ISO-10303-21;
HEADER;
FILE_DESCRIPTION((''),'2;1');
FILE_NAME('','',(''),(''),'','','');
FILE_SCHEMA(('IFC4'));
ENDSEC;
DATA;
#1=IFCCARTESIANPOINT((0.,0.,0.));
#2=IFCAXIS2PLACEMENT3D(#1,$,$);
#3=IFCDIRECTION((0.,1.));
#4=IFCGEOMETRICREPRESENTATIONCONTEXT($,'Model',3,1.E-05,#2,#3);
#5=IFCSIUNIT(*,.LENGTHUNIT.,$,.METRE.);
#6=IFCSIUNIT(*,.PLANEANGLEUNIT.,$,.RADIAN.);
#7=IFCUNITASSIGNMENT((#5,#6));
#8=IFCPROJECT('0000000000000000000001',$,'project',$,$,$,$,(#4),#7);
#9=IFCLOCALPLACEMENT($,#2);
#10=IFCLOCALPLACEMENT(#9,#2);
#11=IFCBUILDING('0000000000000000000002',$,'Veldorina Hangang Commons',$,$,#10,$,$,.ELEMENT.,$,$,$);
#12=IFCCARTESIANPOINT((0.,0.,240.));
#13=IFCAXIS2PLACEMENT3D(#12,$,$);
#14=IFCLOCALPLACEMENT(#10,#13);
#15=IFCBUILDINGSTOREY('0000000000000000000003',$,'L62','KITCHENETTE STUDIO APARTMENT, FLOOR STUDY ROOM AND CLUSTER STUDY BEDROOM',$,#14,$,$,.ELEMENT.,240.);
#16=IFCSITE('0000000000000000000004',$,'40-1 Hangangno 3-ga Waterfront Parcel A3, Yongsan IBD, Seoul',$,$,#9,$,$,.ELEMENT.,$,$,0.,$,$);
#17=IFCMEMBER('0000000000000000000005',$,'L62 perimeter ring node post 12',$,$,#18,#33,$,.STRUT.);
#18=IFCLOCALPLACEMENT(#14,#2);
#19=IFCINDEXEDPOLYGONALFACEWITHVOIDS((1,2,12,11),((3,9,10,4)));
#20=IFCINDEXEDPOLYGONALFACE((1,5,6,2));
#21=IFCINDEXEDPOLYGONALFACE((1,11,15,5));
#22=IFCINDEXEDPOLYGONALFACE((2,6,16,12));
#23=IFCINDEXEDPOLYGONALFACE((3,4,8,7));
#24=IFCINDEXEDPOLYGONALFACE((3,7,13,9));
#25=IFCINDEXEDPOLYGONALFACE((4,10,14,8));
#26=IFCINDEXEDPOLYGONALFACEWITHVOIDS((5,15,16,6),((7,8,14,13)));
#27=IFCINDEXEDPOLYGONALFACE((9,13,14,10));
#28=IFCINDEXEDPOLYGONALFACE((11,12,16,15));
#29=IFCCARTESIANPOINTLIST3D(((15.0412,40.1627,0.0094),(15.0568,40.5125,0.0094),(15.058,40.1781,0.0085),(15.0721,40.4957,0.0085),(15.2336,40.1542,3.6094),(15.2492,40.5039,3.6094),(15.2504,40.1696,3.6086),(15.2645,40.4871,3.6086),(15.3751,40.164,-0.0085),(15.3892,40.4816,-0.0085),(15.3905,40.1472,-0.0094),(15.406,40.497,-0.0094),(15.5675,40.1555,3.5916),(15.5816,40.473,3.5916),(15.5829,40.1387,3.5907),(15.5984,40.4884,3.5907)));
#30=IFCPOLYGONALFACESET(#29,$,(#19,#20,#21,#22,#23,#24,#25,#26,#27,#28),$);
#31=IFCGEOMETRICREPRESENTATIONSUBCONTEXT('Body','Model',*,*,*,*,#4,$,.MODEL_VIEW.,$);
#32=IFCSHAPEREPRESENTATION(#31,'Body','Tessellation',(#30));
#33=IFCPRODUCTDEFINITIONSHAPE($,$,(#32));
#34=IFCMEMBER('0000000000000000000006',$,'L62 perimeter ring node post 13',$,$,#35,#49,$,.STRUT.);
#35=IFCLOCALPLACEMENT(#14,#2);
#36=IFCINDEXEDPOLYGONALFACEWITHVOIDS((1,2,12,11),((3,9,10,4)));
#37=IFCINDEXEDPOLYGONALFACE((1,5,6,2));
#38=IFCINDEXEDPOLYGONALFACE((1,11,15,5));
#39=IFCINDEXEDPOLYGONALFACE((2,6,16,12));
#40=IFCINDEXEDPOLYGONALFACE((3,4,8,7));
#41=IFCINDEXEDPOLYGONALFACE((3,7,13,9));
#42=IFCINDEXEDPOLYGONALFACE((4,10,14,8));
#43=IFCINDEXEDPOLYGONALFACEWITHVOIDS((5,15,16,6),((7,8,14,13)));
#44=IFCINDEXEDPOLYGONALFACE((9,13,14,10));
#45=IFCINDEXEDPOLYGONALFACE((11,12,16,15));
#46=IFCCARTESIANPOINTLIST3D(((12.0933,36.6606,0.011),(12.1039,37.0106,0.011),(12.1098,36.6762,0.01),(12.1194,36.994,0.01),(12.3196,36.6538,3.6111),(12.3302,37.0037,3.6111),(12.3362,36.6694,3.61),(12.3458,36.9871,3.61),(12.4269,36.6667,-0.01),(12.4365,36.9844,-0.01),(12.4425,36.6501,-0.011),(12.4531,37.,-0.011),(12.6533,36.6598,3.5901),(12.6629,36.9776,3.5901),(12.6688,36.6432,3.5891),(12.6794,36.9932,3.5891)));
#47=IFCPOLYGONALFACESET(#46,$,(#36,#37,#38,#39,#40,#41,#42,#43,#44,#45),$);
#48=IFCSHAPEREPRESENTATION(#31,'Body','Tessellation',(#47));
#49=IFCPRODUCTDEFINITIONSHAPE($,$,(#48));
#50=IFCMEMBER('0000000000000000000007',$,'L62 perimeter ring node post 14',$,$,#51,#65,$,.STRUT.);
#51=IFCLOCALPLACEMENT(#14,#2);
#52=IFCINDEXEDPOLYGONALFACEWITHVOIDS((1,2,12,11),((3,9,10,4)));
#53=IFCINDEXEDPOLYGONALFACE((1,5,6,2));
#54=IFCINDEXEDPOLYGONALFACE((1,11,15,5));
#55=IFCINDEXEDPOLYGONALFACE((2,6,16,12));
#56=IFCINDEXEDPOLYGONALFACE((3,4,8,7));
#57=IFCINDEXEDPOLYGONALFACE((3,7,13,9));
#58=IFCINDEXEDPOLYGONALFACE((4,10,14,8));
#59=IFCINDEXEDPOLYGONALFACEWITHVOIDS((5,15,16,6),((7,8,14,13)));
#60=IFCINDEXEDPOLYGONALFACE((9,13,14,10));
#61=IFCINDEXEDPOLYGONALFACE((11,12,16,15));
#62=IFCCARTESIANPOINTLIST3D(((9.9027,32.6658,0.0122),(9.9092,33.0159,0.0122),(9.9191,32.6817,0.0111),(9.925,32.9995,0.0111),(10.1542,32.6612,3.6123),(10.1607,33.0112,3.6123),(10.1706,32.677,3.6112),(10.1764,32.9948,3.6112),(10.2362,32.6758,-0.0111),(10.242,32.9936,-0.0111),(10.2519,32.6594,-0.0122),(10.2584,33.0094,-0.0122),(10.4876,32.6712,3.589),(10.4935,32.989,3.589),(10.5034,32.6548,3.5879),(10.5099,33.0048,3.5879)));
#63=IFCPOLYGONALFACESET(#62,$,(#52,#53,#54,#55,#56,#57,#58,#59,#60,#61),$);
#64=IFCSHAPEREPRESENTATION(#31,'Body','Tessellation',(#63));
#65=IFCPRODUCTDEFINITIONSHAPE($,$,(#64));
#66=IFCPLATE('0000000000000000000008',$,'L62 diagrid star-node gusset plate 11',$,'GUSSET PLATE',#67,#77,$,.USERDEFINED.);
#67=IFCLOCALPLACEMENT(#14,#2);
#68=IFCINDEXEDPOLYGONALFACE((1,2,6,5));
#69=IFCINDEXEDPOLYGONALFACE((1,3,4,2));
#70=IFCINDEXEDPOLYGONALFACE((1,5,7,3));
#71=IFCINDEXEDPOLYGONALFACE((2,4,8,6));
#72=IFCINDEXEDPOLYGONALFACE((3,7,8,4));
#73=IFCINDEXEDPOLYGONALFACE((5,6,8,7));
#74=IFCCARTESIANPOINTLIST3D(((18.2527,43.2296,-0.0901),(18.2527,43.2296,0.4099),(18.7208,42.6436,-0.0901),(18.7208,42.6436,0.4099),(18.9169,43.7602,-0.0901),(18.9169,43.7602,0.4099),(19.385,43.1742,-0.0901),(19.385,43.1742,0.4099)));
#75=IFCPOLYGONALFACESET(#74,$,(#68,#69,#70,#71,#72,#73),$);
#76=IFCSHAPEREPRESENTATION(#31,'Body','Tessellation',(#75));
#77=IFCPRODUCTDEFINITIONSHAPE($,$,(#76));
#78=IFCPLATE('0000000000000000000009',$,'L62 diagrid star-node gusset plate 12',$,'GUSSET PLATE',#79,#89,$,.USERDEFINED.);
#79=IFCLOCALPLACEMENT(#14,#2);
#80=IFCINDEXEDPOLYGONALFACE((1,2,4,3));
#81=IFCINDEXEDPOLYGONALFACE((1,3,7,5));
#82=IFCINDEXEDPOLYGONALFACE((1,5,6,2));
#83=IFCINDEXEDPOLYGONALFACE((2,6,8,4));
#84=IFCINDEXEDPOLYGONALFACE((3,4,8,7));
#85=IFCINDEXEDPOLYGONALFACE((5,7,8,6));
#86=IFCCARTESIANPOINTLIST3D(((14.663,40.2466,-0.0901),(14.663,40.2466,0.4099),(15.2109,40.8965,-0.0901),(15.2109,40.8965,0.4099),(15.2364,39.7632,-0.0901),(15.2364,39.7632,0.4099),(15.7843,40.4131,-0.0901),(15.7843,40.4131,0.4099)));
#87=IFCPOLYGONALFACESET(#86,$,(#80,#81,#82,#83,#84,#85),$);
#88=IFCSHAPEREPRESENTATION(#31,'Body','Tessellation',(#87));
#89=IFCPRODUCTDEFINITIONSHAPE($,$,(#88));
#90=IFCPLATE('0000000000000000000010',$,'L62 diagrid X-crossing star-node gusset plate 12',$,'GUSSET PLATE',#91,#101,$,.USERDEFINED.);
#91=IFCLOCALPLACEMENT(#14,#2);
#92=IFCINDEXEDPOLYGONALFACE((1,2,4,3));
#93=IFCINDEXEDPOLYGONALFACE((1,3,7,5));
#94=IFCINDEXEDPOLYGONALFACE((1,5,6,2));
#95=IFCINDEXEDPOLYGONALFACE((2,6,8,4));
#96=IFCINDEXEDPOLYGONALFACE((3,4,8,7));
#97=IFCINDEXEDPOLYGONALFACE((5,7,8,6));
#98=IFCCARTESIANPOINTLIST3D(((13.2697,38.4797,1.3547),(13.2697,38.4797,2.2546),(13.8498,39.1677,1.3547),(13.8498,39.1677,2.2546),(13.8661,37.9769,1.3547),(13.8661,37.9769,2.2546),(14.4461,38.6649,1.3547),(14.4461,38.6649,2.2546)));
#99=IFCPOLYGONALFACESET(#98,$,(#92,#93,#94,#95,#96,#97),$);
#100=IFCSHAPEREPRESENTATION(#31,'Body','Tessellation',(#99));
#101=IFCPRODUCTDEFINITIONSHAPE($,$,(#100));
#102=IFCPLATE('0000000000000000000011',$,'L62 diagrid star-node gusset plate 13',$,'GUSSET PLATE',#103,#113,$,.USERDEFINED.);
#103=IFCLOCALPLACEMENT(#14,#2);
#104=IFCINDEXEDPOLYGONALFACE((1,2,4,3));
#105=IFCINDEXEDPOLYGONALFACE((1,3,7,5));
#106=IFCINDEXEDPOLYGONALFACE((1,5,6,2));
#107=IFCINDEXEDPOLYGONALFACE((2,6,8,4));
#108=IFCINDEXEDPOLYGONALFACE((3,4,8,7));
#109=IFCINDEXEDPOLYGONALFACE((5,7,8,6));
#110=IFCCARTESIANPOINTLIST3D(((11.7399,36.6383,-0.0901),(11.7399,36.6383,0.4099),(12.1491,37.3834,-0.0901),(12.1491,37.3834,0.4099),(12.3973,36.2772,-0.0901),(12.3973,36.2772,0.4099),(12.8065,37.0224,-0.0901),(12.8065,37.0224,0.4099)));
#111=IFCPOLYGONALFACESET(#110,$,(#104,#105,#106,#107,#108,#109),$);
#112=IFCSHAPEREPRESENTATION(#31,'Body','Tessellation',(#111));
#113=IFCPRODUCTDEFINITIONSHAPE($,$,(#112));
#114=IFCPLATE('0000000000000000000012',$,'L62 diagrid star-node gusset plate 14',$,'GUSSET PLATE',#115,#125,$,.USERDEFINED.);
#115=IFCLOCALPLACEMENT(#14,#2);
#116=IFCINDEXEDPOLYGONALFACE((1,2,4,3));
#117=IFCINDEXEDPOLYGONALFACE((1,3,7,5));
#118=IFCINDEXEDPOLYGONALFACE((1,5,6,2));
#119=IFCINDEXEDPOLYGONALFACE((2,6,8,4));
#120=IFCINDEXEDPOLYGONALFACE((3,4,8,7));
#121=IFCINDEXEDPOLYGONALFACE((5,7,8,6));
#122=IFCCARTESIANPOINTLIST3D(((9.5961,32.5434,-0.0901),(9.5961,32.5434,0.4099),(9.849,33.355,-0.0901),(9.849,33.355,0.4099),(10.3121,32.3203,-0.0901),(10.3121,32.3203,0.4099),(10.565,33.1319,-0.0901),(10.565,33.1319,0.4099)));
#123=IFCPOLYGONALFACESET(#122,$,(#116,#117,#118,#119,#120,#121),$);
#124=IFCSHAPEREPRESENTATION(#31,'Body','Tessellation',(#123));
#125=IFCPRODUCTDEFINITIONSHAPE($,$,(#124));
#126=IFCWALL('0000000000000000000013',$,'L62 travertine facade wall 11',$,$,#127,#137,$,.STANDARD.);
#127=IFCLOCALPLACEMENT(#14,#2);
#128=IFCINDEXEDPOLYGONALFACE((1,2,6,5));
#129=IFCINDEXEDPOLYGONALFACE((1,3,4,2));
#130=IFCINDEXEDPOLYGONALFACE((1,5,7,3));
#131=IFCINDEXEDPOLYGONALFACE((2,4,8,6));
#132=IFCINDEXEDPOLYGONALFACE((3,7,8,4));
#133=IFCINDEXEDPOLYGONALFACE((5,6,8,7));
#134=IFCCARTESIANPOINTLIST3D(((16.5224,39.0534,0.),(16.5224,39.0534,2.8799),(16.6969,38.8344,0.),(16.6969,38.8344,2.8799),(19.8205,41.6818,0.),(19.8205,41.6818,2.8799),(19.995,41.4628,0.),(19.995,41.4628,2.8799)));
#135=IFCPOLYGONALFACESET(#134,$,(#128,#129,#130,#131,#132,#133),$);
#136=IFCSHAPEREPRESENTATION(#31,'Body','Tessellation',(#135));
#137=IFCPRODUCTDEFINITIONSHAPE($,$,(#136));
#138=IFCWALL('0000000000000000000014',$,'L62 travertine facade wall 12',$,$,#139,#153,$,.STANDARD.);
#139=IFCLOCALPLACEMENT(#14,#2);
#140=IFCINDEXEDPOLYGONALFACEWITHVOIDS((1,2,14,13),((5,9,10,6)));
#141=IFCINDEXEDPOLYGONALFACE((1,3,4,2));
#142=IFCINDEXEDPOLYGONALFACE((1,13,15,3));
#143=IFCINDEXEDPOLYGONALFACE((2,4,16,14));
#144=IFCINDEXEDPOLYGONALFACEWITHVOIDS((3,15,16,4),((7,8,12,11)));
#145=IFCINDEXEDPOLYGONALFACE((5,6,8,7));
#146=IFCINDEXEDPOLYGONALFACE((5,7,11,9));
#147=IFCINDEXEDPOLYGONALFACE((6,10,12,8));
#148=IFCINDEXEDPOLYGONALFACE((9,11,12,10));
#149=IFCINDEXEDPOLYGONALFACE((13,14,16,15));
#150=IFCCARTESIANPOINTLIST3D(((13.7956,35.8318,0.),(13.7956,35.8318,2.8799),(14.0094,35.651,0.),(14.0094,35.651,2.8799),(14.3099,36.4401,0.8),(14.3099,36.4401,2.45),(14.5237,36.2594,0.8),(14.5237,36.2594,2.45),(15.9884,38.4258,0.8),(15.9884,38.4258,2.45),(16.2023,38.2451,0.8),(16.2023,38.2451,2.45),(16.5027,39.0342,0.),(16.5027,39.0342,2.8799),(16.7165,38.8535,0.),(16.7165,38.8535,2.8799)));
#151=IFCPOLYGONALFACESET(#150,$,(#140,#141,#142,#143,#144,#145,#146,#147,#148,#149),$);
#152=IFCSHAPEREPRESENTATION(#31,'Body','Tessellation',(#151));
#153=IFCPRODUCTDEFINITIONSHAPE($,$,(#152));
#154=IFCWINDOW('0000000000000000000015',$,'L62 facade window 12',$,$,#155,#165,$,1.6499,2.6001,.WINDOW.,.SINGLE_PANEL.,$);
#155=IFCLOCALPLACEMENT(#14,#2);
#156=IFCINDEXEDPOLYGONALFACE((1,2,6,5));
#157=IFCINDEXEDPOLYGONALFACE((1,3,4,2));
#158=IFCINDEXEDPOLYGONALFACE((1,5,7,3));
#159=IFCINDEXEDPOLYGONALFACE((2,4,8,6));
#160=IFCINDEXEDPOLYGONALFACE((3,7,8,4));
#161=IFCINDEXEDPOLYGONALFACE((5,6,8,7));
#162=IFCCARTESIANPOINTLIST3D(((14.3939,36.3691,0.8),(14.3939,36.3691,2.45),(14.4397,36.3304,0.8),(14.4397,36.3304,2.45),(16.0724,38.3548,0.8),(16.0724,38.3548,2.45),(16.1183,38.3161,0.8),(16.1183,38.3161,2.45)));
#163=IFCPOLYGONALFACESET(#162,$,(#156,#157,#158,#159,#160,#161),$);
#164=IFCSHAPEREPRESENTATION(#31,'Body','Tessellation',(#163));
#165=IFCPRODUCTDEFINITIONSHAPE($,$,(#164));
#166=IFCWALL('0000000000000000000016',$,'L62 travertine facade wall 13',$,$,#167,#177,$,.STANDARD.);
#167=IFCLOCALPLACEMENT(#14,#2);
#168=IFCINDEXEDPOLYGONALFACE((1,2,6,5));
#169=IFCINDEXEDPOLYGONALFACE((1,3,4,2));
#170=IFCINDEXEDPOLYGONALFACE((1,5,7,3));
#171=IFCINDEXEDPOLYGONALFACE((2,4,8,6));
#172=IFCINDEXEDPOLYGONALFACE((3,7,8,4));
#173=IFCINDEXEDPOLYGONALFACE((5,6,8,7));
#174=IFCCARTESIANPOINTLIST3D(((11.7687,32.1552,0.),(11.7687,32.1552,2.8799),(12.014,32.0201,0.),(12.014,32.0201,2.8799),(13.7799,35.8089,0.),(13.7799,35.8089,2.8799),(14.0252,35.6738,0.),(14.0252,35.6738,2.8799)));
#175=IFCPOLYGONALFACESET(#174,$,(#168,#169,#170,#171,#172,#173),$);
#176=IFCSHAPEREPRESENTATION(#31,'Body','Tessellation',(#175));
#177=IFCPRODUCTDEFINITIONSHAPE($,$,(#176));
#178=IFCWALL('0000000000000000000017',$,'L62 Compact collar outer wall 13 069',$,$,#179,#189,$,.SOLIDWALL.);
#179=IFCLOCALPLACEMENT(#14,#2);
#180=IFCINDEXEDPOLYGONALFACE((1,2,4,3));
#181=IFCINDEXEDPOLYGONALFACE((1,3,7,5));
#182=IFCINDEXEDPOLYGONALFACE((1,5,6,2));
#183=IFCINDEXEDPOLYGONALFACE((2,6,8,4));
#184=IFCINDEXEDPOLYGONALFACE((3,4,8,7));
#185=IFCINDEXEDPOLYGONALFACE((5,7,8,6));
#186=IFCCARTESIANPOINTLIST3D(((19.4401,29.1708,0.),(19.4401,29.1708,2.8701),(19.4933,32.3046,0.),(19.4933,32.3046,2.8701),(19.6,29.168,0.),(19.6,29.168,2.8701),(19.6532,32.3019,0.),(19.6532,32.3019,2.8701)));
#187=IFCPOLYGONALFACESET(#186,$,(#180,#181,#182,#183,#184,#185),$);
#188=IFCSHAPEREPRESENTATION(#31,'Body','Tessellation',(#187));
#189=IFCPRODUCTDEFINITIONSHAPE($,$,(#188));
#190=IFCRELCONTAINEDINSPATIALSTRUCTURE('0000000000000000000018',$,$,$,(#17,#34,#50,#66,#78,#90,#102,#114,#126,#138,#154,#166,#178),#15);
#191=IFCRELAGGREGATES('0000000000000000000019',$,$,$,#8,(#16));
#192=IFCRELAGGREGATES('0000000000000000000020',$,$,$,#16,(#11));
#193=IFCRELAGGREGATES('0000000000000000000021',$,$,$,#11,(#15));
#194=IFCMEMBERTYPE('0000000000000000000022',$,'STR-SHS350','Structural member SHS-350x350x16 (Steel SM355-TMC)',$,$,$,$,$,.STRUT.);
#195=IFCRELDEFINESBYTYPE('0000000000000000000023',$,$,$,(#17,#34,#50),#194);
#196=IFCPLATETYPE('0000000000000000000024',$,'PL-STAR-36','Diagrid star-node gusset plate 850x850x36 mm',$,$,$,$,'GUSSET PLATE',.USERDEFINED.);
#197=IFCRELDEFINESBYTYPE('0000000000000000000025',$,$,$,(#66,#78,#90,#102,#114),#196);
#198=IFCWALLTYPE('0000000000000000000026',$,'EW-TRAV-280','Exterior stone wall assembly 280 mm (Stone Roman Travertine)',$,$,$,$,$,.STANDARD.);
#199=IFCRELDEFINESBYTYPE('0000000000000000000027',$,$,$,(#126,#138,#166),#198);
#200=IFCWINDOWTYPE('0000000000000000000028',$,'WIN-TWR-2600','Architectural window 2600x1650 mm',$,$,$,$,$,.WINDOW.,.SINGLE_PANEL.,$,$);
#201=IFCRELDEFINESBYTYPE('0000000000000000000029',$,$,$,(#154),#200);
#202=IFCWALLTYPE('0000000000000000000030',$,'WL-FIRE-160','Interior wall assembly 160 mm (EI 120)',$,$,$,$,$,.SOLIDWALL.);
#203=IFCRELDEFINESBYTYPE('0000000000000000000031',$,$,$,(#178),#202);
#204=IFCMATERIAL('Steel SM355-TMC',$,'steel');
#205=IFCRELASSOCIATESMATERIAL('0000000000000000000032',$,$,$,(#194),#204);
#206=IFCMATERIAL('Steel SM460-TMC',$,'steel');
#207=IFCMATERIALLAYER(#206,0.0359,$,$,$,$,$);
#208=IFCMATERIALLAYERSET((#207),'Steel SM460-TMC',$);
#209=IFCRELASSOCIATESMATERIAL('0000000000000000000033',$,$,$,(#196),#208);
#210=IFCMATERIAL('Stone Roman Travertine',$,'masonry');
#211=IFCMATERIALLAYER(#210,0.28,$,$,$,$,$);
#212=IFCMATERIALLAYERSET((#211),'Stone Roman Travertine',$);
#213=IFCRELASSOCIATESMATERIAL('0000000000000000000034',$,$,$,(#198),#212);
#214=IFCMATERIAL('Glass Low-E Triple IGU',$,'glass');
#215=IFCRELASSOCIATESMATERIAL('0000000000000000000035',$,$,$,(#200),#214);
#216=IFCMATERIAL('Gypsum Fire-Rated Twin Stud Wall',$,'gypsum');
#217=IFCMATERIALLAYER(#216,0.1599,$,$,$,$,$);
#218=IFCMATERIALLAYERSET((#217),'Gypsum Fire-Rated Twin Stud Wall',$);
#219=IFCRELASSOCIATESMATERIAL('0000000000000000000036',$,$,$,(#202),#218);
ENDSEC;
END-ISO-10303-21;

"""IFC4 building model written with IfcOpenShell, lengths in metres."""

from ifc_helpers import new_model, si_unit, direction, frame, frame_2d, origin, origin_2d, place, context, subcontext, project, spatial, rectangle, hollow_rectangle, extrude, material, layer, layer_set, material_profile, profile_set, type_object, element, fill, save


model = new_model("IFC4")

# Units and contexts
model_context = context("Model", 3, precision=1e-05, world=origin(), true_north=direction((0.0, 1.0)))
body_context = subcontext(model_context, "Body", "Model", "MODEL_VIEW")
ifc_project = project(units=[si_unit("LENGTHUNIT", "METRE"), si_unit("PLANEANGLEUNIT", "RADIAN")], contexts=[model_context])

# Site, building, storey
site_placement = place(None, origin())
site = spatial("IfcSite", under=ifc_project, at=site_placement, Name="40-1 Hangangno 3-ga Waterfront Parcel A3, Yongsan IBD, Seoul", CompositionType="ELEMENT", RefElevation=0.0)
building_placement = place(site_placement, origin())
building = spatial("IfcBuilding", under=site, at=building_placement, Name="Veldorina Hangang Commons", CompositionType="ELEMENT")
storey_placement = place(building_placement, frame((0.0, 0.0, 240.0)))
storey = spatial("IfcBuildingStorey", under=building, at=storey_placement, Name="L62", Description="KITCHENETTE STUDIO APARTMENT, FLOOR STUDY ROOM AND CLUSTER STUDY BEDROOM", CompositionType="ELEMENT", Elevation=240.0)

# Shared definitions
ifc_material_1 = material(Name="Steel SM355-TMC", Category="steel")

# Members
ifc_material_profile_1 = material_profile(ifc_material_1, hollow_rectangle(XDim=0.3501, YDim=0.3501, WallThickness=0.0161, at=origin_2d()), Name="SHS-350x350x16")
ifc_profile_set_1 = profile_set([ifc_material_profile_1], Name="Steel SM355-TMC")
member_type_1 = type_object("IfcMemberType", Name="STR-SHS350", Description="Structural member SHS-350x350x16 (Steel SM355-TMC)", PredefinedType="STRUT", material=ifc_profile_set_1)
member_1_placement = place(storey_placement, frame((15.2236, 40.3298, 0.0), z_axis=(0.053362, -0.00237, 0.998572), x_axis=(0.044372, 0.999015, 0.0)))
element("IfcMember", 1, at=member_1_placement, inside=storey, type_object=member_type_1, Name="L62 perimeter ring node post 12", PredefinedType="STRUT", context=body_context, shape_type="SweptSolid", body=[
    extrude(hollow_rectangle(XDim=0.3501, YDim=0.3501, WallThickness=0.0161, at=origin_2d()), origin(), (0.0, 0.0, 1.0), 3.6052),
])
member_2_placement = place(storey_placement, frame((12.2732, 36.8303, 0.0), z_axis=(0.062741, -0.001895, 0.998028), x_axis=(0.030191, 0.999544, 0.0)))
element("IfcMember", 2, at=member_2_placement, inside=storey, type_object=member_type_1, Name="L62 perimeter ring node post 13", PredefinedType="STRUT", context=body_context, shape_type="SweptSolid", body=[
    extrude(hollow_rectangle(XDim=0.3501, YDim=0.3501, WallThickness=0.0161, at=origin_2d()), origin(), (0.0, 0.0, 1.0), 3.6072),
])
member_3_placement = place(storey_placement, frame((10.0806, 32.8376, 0.0), z_axis=(0.06968, -0.001285, 0.997569), x_axis=(0.018443, 0.99983, 0.0)))
element("IfcMember", 3, at=member_3_placement, inside=storey, type_object=member_type_1, Name="L62 perimeter ring node post 14", PredefinedType="STRUT", context=body_context, shape_type="SweptSolid", body=[
    extrude(hollow_rectangle(XDim=0.3501, YDim=0.3501, WallThickness=0.0161, at=origin_2d()), origin(), (0.0, 0.0, 1.0), 3.6089),
])

# Plates
ifc_material_2 = material(Name="Steel SM460-TMC", Category="steel")
ifc_layer_1 = layer(ifc_material_2, 0.0359)
ifc_layer_set_1 = layer_set([ifc_layer_1], Name="Steel SM460-TMC")
plate_type = type_object("IfcPlateType", Name="PL-STAR-36", Description="Diagrid star-node gusset plate 850x850x36 mm", ElementType="GUSSET PLATE", PredefinedType="USERDEFINED", material=ifc_layer_set_1)
for number, where, z_axis, x_axis, name in (
    (4, (18.8188, 43.2019, -0.0901), (0.0, 0.0, 1.0), (-0.781314, -0.624139, 0.0), "L62 diagrid star-node gusset plate 11"),
    (5, (15.2236, 40.3298, -0.0901), (0.0, 0.0, 1.0), (-0.644577, -0.764539, 0.0), "L62 diagrid star-node gusset plate 12"),
):
    element("IfcPlate", number, at=place(storey_placement, frame(where, z_axis=z_axis, x_axis=x_axis)), inside=storey, type_object=plate_type, Name=name, ObjectType="GUSSET PLATE", PredefinedType="USERDEFINED", context=body_context, shape_type="SweptSolid", body=[
        extrude(rectangle(XDim=0.8501, YDim=0.75, at=origin_2d()), origin(), (0.0, 0.0, 1.0), 0.5),
    ])
plate_placement = place(storey_placement, frame((13.8579, 38.5723, 1.3547), z_axis=(0.0, 0.0, 1.0), x_axis=(-0.644577, -0.764539, 0.0)))
element("IfcPlate", 6, at=plate_placement, inside=storey, type_object=plate_type, Name="L62 diagrid X-crossing star-node gusset plate 12", ObjectType="GUSSET PLATE", PredefinedType="USERDEFINED", context=body_context, shape_type="SweptSolid", body=[
    extrude(rectangle(XDim=0.8999, YDim=0.78, at=origin_2d()), origin(), (0.0, 0.0, 1.0), 0.8999),
])
for number, where, z_axis, x_axis, name in (
    (7, (12.2732, 36.8303, -0.0901), (0.0, 0.0, 1.0), (-0.481341, -0.876534, 0.0), "L62 diagrid star-node gusset plate 13"),
    (8, (10.0806, 32.8376, -0.0901), (0.0, 0.0, 1.0), (-0.297525, -0.954714, 0.0), "L62 diagrid star-node gusset plate 14"),
):
    element("IfcPlate", number, at=place(storey_placement, frame(where, z_axis=z_axis, x_axis=x_axis)), inside=storey, type_object=plate_type, Name=name, ObjectType="GUSSET PLATE", PredefinedType="USERDEFINED", context=body_context, shape_type="SweptSolid", body=[
        extrude(rectangle(XDim=0.8501, YDim=0.75, at=origin_2d()), origin(), (0.0, 0.0, 1.0), 0.5),
    ])

# Wall
ifc_material_3 = material(Name="Stone Roman Travertine", Category="masonry")
ifc_layer_2 = layer(ifc_material_3, 0.28)
ifc_layer_set_2 = layer_set([ifc_layer_2], Name="Stone Roman Travertine")
wall_type_1 = type_object("IfcWallType", Name="EW-TRAV-280", Description="Exterior stone wall assembly 280 mm (Stone Roman Travertine)", PredefinedType="STANDARD", material=ifc_layer_set_2)
wall_1_placement = place(storey_placement, frame((19.9077, 41.5723, 0.0), z_axis=(0.0, 0.0, 1.0), x_axis=(-0.782031, -0.62324, 0.0)))
element("IfcWall", 9, at=wall_1_placement, inside=storey, type_object=wall_type_1, Name="L62 travertine facade wall 11", PredefinedType="STANDARD", context=body_context, shape_type="SweptSolid", body=[
    extrude(rectangle(XDim=4.2173, YDim=0.28, at=frame_2d((2.1086, 0.0))), origin(), (0.0, 0.0, 1.0), 2.8799),
])

# Wall, opening, window
wall_2_placement = place(storey_placement, frame((16.6096, 38.9438, 0.0), z_axis=(0.0, 0.0, 1.0), x_axis=(-0.645569, -0.763702, 0.0)))
wall_2 = element("IfcWall", 10, at=wall_2_placement, inside=storey, type_object=wall_type_1, Name="L62 travertine facade wall 12", PredefinedType="STANDARD", context=body_context, shape_type="SweptSolid", body=[
    extrude(rectangle(XDim=4.1934, YDim=0.28, at=frame_2d((2.0967, 0.0))), origin(), (0.0, 0.0, 1.0), 2.8799),
])
opening_1_placement = place(wall_2_placement, frame((0.7966, 0.0, 0.8)))
opening_1 = element("IfcOpeningElement", 11, at=opening_1_placement, cuts=wall_2, PredefinedType="OPENING", context=body_context, shape_type="SweptSolid", body=[
    extrude(rectangle(XDim=2.6001, YDim=1.6499, at=frame_2d((1.3, 0.825))), frame((0.0, 0.1499, 0.0), z_axis=(0.0, -1.0, 0.0), x_axis=(1.0, 0.0, 0.0)), (0.0, 0.0, 1.0), 0.3),
])
ifc_material_4 = material(Name="Glass Low-E Triple IGU", Category="glass")
window_type = type_object("IfcWindowType", Name="WIN-TWR-2600", Description="Architectural window 2600x1650 mm", PartitioningType="SINGLE_PANEL", PredefinedType="WINDOW", material=ifc_material_4)
window_placement = place(opening_1_placement, origin())
window = element("IfcWindow", 12, at=window_placement, inside=storey, type_object=window_type, Name="L62 facade window 12", OverallHeight=1.6499, OverallWidth=2.6001, PartitioningType="SINGLE_PANEL", PredefinedType="WINDOW", context=body_context, shape_type="SweptSolid", body=[
    extrude(rectangle(XDim=2.6001, YDim=1.6499, at=frame_2d((1.3, 0.825))), frame((0.0, 0.03, 0.0), z_axis=(0.0, -1.0, 0.0), x_axis=(1.0, 0.0, 0.0)), (0.0, 0.0, 1.0), 0.0601),
])
fill(opening_1, window)

# Walls
wall_3_placement = place(storey_placement, frame((13.9026, 35.7415, 0.0), z_axis=(0.0, 0.0, 1.0), x_axis=(-0.48222, -0.87605, 0.0)))
element("IfcWall", 13, at=wall_3_placement, inside=storey, type_object=wall_type_1, Name="L62 travertine facade wall 13", PredefinedType="STANDARD", context=body_context, shape_type="SweptSolid", body=[
    extrude(rectangle(XDim=4.1707, YDim=0.28, at=frame_2d((2.0854, 0.0))), origin(), (0.0, 0.0, 1.0), 2.8799),
])
ifc_material_5 = material(Name="Gypsum Fire-Rated Twin Stud Wall", Category="gypsum")
ifc_layer_3 = layer(ifc_material_5, 0.1599)
ifc_layer_set_3 = layer_set([ifc_layer_3], Name="Gypsum Fire-Rated Twin Stud Wall")
wall_type_2 = type_object("IfcWallType", Name="WL-FIRE-160", Description="Interior wall assembly 160 mm (EI 120)", PredefinedType="SOLIDWALL", material=ifc_layer_set_3)
wall_4_placement = place(storey_placement, frame((19.5732, 32.3032, 0.0), z_axis=(0.0, 0.0, 1.0), x_axis=(-0.016981, -0.999856, 0.0)))
element("IfcWall", 14, at=wall_4_placement, inside=storey, type_object=wall_type_2, Name="L62 Compact collar outer wall 13 069", PredefinedType="SOLIDWALL", context=body_context, shape_type="SweptSolid", body=[
    extrude(rectangle(XDim=3.1343, YDim=0.1599, at=frame_2d((1.5671, 0.0))), origin(), (0.0, 0.0, 1.0), 2.8701),
])

save(model, "model.ifc")
